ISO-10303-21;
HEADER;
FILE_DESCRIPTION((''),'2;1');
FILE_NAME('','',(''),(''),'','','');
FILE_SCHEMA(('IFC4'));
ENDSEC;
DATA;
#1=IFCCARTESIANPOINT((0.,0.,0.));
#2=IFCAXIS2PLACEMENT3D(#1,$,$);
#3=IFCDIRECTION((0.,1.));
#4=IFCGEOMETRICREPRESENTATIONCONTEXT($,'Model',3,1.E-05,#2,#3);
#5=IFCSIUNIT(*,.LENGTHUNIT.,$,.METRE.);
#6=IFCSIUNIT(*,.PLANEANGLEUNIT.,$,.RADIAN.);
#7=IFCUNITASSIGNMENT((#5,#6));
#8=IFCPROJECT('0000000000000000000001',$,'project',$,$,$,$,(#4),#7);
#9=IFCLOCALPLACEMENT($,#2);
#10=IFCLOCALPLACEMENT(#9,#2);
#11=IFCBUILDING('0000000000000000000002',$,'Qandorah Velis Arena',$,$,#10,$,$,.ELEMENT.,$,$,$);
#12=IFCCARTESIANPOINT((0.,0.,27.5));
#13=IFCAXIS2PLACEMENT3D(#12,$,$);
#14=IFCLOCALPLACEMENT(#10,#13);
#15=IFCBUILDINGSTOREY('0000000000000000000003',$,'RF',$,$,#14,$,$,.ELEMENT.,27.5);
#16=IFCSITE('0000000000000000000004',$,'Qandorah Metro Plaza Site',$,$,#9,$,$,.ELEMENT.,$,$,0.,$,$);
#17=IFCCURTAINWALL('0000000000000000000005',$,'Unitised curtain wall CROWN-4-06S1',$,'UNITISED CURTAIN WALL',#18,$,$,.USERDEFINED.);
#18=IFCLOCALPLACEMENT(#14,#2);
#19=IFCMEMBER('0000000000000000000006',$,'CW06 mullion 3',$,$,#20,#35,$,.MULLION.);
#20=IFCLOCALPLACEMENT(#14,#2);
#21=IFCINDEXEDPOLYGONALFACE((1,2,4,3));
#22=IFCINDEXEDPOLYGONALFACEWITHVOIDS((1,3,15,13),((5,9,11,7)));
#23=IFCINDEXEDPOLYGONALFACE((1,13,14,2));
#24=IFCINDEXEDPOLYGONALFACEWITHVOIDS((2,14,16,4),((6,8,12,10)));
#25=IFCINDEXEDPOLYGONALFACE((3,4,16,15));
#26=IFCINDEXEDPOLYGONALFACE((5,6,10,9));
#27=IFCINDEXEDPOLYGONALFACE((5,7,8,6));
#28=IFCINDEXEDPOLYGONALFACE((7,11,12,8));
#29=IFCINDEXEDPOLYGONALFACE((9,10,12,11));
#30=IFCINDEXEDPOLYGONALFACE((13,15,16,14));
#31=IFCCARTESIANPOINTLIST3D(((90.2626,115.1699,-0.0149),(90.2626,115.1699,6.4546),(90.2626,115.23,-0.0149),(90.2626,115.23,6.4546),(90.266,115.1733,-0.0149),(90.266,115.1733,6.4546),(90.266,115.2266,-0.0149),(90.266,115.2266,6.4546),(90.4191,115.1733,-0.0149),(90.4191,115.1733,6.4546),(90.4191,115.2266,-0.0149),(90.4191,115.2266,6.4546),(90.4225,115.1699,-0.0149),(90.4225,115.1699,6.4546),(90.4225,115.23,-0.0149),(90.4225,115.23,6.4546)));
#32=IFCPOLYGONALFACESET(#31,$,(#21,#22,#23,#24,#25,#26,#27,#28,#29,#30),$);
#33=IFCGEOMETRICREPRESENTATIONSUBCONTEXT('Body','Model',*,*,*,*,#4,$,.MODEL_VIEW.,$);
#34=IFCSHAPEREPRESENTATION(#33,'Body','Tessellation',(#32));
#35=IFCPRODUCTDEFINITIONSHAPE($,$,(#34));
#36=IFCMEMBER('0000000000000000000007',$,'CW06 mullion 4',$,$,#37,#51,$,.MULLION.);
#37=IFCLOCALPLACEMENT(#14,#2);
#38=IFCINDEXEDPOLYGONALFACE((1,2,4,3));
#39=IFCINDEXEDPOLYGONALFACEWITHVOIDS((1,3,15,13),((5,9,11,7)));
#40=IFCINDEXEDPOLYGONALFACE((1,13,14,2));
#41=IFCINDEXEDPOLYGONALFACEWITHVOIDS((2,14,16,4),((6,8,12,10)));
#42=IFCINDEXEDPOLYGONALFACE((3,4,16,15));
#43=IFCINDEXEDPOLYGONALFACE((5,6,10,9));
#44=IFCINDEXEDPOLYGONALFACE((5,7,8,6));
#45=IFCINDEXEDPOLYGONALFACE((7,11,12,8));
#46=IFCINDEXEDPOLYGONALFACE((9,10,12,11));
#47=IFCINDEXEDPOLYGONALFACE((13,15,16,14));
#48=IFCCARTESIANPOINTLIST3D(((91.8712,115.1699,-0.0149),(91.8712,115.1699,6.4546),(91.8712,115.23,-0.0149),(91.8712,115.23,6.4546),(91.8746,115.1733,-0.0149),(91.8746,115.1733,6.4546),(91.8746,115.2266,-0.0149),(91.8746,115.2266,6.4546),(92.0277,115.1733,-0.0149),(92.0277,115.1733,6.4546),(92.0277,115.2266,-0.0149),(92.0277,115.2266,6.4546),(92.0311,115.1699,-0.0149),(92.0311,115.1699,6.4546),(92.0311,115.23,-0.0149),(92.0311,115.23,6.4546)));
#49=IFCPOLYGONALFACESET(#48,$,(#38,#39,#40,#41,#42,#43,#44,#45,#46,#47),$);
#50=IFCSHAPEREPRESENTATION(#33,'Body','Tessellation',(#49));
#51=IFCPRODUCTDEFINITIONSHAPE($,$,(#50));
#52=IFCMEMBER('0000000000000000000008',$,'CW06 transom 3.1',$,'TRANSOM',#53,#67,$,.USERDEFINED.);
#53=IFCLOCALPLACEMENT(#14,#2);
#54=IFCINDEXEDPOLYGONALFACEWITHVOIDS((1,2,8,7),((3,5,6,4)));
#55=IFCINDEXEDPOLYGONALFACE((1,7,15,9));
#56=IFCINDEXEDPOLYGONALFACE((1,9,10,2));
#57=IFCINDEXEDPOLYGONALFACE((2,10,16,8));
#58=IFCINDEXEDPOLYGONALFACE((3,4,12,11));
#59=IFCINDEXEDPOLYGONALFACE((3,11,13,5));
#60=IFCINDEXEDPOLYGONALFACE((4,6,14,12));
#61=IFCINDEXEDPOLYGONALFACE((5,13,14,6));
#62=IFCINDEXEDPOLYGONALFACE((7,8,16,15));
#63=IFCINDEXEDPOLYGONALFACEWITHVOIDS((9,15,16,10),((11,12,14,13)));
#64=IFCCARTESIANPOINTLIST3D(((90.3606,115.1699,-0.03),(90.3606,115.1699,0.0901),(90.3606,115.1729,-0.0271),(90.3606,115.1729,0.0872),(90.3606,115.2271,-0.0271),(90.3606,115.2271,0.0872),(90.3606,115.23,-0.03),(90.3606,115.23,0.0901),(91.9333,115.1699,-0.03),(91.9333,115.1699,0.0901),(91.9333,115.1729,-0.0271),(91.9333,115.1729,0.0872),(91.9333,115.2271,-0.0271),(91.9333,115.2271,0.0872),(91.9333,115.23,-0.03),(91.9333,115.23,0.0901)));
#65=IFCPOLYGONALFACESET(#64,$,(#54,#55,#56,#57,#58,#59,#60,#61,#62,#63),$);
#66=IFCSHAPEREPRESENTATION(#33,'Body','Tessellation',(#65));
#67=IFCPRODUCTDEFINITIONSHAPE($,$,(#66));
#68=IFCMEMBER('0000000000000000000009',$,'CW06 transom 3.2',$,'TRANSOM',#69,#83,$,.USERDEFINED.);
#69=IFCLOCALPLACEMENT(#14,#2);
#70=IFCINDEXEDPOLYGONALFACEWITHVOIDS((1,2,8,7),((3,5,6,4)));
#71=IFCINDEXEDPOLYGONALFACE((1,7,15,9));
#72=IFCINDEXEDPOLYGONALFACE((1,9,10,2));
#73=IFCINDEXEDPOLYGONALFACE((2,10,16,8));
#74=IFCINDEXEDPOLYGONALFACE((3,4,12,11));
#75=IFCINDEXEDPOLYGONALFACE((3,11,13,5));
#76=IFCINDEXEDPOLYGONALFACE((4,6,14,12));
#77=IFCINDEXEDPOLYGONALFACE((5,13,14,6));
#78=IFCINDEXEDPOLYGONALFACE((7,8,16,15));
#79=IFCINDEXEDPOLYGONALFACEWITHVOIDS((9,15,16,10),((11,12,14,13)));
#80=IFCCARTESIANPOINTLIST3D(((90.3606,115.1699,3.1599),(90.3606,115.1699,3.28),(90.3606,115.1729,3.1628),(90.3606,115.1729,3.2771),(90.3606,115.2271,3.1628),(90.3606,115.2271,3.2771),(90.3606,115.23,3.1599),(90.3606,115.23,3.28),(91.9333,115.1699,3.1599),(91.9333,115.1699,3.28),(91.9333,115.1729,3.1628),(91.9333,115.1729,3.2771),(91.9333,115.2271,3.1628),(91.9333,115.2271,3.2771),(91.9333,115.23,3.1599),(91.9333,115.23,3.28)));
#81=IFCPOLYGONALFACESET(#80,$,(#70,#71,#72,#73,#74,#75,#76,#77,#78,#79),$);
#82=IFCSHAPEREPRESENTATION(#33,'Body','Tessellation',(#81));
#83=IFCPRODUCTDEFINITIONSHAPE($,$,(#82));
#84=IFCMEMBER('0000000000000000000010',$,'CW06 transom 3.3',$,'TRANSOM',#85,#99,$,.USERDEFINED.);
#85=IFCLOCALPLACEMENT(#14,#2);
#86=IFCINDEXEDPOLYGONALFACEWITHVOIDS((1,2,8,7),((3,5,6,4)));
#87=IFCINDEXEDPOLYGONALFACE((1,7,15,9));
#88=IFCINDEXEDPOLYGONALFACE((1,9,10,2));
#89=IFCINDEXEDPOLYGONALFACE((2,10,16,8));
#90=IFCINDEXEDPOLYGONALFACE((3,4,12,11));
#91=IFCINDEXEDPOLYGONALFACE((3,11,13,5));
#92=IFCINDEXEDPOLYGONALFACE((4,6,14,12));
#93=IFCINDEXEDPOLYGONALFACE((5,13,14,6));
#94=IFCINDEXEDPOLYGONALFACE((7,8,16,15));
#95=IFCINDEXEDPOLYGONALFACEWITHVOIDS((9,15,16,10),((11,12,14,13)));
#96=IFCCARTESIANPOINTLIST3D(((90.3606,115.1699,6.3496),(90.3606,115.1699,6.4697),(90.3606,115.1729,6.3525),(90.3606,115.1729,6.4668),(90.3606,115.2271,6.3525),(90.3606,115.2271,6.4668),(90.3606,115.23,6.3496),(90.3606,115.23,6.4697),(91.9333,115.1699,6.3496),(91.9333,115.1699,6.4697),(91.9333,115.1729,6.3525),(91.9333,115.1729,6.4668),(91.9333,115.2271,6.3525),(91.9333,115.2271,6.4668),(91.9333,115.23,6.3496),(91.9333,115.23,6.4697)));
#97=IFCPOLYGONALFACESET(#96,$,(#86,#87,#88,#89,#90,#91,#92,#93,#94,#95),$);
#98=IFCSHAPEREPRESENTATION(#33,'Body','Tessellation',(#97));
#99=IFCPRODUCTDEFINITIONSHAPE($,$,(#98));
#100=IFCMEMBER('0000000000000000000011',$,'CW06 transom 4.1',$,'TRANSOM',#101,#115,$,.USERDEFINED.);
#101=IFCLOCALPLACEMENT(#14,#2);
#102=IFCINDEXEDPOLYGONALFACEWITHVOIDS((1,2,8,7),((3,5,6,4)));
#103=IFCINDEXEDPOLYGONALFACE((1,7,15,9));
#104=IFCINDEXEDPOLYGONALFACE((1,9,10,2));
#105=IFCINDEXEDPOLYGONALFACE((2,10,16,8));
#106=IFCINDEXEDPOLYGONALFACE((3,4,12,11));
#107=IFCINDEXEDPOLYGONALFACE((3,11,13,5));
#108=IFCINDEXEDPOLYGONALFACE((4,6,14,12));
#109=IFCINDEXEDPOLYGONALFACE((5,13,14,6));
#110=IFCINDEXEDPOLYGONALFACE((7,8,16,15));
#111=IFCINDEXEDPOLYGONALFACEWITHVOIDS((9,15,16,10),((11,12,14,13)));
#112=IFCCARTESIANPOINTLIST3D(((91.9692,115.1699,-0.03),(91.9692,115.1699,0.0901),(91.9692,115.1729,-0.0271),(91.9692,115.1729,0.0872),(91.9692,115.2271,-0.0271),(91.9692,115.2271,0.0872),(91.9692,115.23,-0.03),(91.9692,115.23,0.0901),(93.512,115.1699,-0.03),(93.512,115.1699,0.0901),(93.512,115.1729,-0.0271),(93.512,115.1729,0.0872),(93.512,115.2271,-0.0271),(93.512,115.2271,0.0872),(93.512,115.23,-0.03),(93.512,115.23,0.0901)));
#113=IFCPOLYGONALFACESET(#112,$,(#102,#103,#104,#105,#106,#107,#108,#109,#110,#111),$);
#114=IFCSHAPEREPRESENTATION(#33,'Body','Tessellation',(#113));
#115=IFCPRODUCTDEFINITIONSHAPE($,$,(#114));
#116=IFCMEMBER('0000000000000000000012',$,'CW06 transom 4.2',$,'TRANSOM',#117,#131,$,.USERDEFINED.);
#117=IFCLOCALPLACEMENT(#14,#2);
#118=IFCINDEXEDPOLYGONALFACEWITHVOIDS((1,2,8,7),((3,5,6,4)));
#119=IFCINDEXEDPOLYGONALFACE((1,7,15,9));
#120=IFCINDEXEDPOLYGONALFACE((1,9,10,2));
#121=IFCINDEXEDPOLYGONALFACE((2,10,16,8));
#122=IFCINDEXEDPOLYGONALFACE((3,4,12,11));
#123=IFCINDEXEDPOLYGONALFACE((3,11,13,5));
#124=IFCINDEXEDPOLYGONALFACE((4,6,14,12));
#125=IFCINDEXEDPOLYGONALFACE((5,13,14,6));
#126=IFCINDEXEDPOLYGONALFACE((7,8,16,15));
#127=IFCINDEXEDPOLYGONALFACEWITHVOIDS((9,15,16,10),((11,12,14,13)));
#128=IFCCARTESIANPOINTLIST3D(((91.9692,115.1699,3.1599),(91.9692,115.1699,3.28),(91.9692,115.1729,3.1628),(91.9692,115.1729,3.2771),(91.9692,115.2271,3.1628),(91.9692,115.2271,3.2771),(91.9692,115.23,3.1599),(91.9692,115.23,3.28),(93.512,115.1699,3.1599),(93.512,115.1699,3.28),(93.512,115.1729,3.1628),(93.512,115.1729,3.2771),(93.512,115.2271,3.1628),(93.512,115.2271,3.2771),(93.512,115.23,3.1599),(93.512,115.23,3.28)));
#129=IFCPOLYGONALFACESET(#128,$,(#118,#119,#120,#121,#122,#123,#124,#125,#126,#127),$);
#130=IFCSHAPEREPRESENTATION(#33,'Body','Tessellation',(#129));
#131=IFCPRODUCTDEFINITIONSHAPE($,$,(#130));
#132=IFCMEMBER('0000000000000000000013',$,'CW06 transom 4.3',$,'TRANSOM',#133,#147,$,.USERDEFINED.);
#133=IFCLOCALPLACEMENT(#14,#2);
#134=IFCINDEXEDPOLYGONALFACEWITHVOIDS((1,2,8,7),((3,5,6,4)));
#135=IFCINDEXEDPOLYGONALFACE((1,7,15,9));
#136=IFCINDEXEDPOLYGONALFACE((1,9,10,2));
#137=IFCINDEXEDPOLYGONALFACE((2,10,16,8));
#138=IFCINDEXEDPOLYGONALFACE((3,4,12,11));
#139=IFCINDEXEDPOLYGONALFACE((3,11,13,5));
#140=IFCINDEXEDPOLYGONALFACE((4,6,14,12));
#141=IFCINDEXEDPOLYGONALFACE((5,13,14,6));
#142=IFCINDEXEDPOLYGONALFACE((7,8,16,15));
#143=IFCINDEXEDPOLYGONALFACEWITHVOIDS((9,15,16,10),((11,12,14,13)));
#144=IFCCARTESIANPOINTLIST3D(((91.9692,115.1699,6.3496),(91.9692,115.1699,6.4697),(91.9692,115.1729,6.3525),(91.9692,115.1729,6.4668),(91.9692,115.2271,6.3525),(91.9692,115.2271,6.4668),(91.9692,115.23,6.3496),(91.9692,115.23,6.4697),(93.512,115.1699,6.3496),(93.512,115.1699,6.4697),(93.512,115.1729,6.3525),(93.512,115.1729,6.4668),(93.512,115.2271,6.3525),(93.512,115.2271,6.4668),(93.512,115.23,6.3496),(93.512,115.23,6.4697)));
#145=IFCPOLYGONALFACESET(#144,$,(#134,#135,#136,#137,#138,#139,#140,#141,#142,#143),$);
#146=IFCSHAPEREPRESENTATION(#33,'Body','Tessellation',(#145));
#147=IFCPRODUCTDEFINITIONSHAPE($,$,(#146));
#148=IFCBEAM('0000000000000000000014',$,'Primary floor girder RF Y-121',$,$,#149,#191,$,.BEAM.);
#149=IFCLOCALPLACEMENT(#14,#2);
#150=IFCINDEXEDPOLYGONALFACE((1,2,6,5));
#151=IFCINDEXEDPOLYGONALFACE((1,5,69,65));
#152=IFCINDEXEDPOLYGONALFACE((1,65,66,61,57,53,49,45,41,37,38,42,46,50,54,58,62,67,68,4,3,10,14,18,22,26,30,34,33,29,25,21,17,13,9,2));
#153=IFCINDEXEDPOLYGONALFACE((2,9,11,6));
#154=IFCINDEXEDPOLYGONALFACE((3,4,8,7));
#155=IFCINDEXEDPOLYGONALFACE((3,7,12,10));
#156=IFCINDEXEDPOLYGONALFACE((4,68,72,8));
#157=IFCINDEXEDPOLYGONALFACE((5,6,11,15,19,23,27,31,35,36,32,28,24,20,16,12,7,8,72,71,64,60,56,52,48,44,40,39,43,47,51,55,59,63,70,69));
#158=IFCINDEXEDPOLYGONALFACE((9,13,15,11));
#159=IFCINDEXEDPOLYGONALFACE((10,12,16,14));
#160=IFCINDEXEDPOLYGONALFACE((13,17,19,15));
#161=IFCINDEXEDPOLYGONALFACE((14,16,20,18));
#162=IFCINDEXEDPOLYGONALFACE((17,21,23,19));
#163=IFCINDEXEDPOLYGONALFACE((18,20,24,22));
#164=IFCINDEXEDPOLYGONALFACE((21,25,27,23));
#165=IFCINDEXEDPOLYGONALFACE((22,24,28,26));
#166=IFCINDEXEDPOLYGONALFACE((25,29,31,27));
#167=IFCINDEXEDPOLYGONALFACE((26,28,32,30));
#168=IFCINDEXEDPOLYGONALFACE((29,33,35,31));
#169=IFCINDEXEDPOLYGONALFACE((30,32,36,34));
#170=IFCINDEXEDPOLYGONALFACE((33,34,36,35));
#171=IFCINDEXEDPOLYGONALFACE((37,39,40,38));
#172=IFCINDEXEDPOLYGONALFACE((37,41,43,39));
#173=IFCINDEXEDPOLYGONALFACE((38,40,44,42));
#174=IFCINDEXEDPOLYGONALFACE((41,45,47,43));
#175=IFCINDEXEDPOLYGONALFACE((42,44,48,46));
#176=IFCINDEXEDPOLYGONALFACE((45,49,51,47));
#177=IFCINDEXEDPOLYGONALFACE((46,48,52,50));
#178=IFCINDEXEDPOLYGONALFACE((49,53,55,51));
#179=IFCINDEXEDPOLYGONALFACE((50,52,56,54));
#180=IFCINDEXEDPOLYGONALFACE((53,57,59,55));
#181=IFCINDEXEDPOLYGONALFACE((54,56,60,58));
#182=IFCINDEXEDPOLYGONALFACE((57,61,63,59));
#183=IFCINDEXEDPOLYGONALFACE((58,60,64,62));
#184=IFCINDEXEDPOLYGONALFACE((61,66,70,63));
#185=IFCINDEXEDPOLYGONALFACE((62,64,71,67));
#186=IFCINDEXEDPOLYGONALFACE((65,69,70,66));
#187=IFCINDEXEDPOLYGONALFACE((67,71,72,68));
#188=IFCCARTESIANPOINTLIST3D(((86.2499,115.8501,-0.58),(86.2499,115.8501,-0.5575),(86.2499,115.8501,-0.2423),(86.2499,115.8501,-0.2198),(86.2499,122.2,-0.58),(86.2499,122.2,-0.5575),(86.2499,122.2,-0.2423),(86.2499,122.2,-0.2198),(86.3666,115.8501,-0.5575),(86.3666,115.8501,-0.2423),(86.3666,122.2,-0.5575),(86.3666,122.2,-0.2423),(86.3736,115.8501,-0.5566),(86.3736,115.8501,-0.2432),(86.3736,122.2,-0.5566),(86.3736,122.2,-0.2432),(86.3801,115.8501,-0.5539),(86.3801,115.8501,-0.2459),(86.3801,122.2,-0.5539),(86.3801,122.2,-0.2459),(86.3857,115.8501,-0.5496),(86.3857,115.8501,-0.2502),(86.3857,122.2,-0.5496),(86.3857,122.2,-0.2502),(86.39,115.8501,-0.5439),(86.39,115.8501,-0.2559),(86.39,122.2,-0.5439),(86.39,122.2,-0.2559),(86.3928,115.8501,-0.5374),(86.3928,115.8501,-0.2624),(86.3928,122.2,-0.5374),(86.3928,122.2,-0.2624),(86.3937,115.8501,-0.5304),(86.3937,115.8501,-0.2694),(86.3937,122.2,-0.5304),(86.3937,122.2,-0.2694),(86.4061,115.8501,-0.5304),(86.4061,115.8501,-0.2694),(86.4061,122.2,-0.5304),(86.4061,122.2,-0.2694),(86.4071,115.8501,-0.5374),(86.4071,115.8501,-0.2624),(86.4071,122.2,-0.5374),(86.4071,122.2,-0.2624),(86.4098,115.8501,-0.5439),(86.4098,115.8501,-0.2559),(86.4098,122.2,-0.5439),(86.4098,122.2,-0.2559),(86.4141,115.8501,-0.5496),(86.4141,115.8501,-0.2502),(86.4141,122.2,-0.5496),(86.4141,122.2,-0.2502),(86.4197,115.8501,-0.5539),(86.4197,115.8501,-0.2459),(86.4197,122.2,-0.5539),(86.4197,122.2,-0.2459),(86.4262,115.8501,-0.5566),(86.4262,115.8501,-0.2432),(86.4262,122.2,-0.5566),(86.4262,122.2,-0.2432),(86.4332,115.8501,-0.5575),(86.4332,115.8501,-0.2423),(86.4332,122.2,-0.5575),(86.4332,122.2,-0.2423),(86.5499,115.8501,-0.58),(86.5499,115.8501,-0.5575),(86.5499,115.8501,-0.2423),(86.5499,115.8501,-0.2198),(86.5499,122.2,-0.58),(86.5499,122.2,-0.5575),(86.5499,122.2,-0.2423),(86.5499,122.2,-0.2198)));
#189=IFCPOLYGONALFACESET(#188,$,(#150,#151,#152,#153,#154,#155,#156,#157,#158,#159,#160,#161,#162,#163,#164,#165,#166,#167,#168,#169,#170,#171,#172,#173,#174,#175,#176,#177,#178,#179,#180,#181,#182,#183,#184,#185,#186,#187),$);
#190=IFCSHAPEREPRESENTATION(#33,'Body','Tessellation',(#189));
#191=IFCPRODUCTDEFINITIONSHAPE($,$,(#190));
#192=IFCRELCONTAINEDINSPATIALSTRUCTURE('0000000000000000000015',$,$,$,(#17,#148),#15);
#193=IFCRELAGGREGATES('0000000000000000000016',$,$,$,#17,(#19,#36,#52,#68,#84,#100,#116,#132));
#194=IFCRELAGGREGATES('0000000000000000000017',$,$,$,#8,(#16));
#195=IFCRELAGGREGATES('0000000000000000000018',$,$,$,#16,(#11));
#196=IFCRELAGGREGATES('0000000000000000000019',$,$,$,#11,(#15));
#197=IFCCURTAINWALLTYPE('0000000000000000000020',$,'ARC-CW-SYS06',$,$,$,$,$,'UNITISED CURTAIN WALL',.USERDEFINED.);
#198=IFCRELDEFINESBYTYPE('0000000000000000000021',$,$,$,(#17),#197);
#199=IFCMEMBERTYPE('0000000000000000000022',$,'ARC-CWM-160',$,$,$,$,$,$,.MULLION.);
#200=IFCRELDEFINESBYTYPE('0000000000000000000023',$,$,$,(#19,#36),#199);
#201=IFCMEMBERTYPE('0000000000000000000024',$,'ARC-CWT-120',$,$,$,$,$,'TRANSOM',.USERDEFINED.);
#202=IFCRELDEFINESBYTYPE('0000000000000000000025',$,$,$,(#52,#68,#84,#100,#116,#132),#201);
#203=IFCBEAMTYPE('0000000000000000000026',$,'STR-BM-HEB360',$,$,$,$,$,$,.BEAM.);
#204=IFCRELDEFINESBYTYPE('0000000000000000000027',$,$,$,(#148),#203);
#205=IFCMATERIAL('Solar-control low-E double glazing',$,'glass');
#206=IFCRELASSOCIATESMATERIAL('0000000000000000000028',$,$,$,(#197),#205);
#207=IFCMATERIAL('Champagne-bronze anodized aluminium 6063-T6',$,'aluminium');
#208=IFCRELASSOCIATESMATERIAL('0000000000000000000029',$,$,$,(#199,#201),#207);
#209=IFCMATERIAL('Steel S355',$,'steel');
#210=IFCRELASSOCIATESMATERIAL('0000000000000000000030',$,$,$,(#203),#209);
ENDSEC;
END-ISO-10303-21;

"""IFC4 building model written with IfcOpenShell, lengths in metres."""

from ifc_helpers import new_model, si_unit, direction, frame, origin, origin_2d, place, context, subcontext, project, spatial, hollow_rectangle, i_section, extrude, material, material_profile, profile_set, type_object, element, aggregate, save


model = new_model("IFC4")

# Units and contexts
model_context = context("Model", 3, precision=1e-05, world=origin(), true_north=direction((0.0, 1.0)))
body_context = subcontext(model_context, "Body", "Model", "MODEL_VIEW")
ifc_project = project(units=[si_unit("LENGTHUNIT", "METRE"), si_unit("PLANEANGLEUNIT", "RADIAN")], contexts=[model_context])

# Site, building, storey
site_placement = place(None, origin())
site = spatial("IfcSite", under=ifc_project, at=site_placement, Name="Qandorah Metro Plaza Site", CompositionType="ELEMENT", RefElevation=0.0)
building_placement = place(site_placement, origin())
building = spatial("IfcBuilding", under=site, at=building_placement, Name="Qandorah Velis Arena", CompositionType="ELEMENT")
storey_placement = place(building_placement, frame((0.0, 0.0, 27.5)))
storey = spatial("IfcBuildingStorey", under=building, at=storey_placement, Name="RF", CompositionType="ELEMENT", Elevation=27.5)

# Curtain wall, members
ifc_material_1 = material(Name="Solar-control low-E double glazing", Category="glass")
curtain_wall_type = type_object("IfcCurtainWallType", Name="ARC-CW-SYS06", ElementType="UNITISED CURTAIN WALL", PredefinedType="USERDEFINED", material=ifc_material_1)
curtain_wall_placement = place(storey_placement, origin())
curtain_wall = element("IfcCurtainWall", 1, at=curtain_wall_placement, inside=storey, type_object=curtain_wall_type, Name="Unitised curtain wall CROWN-4-06S1", ObjectType="UNITISED CURTAIN WALL", PredefinedType="USERDEFINED")
ifc_material_2 = material(Name="Champagne-bronze anodized aluminium 6063-T6", Category="aluminium")
ifc_material_profile_1 = material_profile(ifc_material_2, hollow_rectangle(XDim=0.0601, YDim=0.1599, WallThickness=0.0034, at=origin_2d()), Name="ALU MULLION 60x160")
ifc_profile_set_1 = profile_set([ifc_material_profile_1], Name="Champagne-bronze anodized aluminium 6063-T6")
member_type_1 = type_object("IfcMemberType", Name="ARC-CWM-160", PredefinedType="MULLION", material=ifc_profile_set_1)
member_1_placement = place(storey_placement, frame((90.3425, 115.2, -0.0149), z_axis=(0.0, 0.0, 1.0), x_axis=(0.0, 1.0, 0.0)))
member_1 = element("IfcMember", 2, at=member_1_placement, type_object=member_type_1, Name="CW06 mullion 3", PredefinedType="MULLION", context=body_context, shape_type="SweptSolid", body=[
    extrude(hollow_rectangle(XDim=0.0601, YDim=0.1599, WallThickness=0.0034, at=origin_2d()), origin(), (0.0, 0.0, 1.0), 6.4695),
])
member_2_placement = place(storey_placement, frame((91.9512, 115.2, -0.0149), z_axis=(0.0, 0.0, 1.0), x_axis=(0.0, 1.0, 0.0)))
member_2 = element("IfcMember", 3, at=member_2_placement, type_object=member_type_1, Name="CW06 mullion 4", PredefinedType="MULLION", context=body_context, shape_type="SweptSolid", body=[
    extrude(hollow_rectangle(XDim=0.0601, YDim=0.1599, WallThickness=0.0034, at=origin_2d()), origin(), (0.0, 0.0, 1.0), 6.4695),
])
ifc_material_profile_2 = material_profile(ifc_material_2, hollow_rectangle(XDim=0.0601, YDim=0.1201, WallThickness=0.0029, at=origin_2d()), Name="ALU TRANSOM 60x120")
ifc_profile_set_2 = profile_set([ifc_material_profile_2], Name="Champagne-bronze anodized aluminium 6063-T6")
member_type_2 = type_object("IfcMemberType", Name="ARC-CWT-120", ElementType="TRANSOM", PredefinedType="USERDEFINED", material=ifc_profile_set_2)
member_3_placement = place(storey_placement, frame((90.3606, 115.2, 0.03), z_axis=(1.0, 0.0, 0.0), x_axis=(0.0, 1.0, 0.0)))
member_3 = element("IfcMember", 4, at=member_3_placement, type_object=member_type_2, Name="CW06 transom 3.1", ObjectType="TRANSOM", PredefinedType="USERDEFINED", context=body_context, shape_type="SweptSolid", body=[
    extrude(hollow_rectangle(XDim=0.0601, YDim=0.1201, WallThickness=0.0029, at=origin_2d()), origin(), (0.0, 0.0, 1.0), 1.5728),
])
member_4_placement = place(storey_placement, frame((90.3606, 115.2, 3.22), z_axis=(1.0, 0.0, 0.0), x_axis=(0.0, 1.0, 0.0)))
member_4 = element("IfcMember", 5, at=member_4_placement, type_object=member_type_2, Name="CW06 transom 3.2", ObjectType="TRANSOM", PredefinedType="USERDEFINED", context=body_context, shape_type="SweptSolid", body=[
    extrude(hollow_rectangle(XDim=0.0601, YDim=0.1201, WallThickness=0.0029, at=origin_2d()), origin(), (0.0, 0.0, 1.0), 1.5728),
])
member_5_placement = place(storey_placement, frame((90.3606, 115.2, 6.4097), z_axis=(1.0, 0.0, 0.0), x_axis=(0.0, 1.0, 0.0)))
member_5 = element("IfcMember", 6, at=member_5_placement, type_object=member_type_2, Name="CW06 transom 3.3", ObjectType="TRANSOM", PredefinedType="USERDEFINED", context=body_context, shape_type="SweptSolid", body=[
    extrude(hollow_rectangle(XDim=0.0601, YDim=0.1201, WallThickness=0.0029, at=origin_2d()), origin(), (0.0, 0.0, 1.0), 1.5728),
])
member_6_placement = place(storey_placement, frame((91.9692, 115.2, 0.03), z_axis=(1.0, 0.0, 0.0), x_axis=(0.0, 1.0, 0.0)))
member_6 = element("IfcMember", 7, at=member_6_placement, type_object=member_type_2, Name="CW06 transom 4.1", ObjectType="TRANSOM", PredefinedType="USERDEFINED", context=body_context, shape_type="SweptSolid", body=[
    extrude(hollow_rectangle(XDim=0.0601, YDim=0.1201, WallThickness=0.0029, at=origin_2d()), origin(), (0.0, 0.0, 1.0), 1.5427),
])
member_7_placement = place(storey_placement, frame((91.9692, 115.2, 3.22), z_axis=(1.0, 0.0, 0.0), x_axis=(0.0, 1.0, 0.0)))
member_7 = element("IfcMember", 8, at=member_7_placement, type_object=member_type_2, Name="CW06 transom 4.2", ObjectType="TRANSOM", PredefinedType="USERDEFINED", context=body_context, shape_type="SweptSolid", body=[
    extrude(hollow_rectangle(XDim=0.0601, YDim=0.1201, WallThickness=0.0029, at=origin_2d()), origin(), (0.0, 0.0, 1.0), 1.5427),
])
member_8_placement = place(storey_placement, frame((91.9692, 115.2, 6.4097), z_axis=(1.0, 0.0, 0.0), x_axis=(0.0, 1.0, 0.0)))
member_8 = element("IfcMember", 9, at=member_8_placement, type_object=member_type_2, Name="CW06 transom 4.3", ObjectType="TRANSOM", PredefinedType="USERDEFINED", context=body_context, shape_type="SweptSolid", body=[
    extrude(hollow_rectangle(XDim=0.0601, YDim=0.1201, WallThickness=0.0029, at=origin_2d()), origin(), (0.0, 0.0, 1.0), 1.5427),
])

# Beam
ifc_material_3 = material(Name="Steel S355", Category="steel")
ifc_material_profile_3 = material_profile(ifc_material_3, i_section(OverallWidth=0.3, OverallDepth=0.3601, WebThickness=0.0125, FlangeThickness=0.0225, FilletRadius=0.0271, at=origin_2d()), Name="HEB 360")
ifc_profile_set_3 = profile_set([ifc_material_profile_3], Name="Steel S355")
beam_type_1 = type_object("IfcBeamType", Name="STR-BM-HEB360", PredefinedType="BEAM", material=ifc_profile_set_3)
beam_1_placement = place(storey_placement, frame((86.3999, 115.8501, -0.3999), z_axis=(0.0, 1.0, 0.0), x_axis=(-1.0, 0.0, 0.0)))
element("IfcBeam", 10, at=beam_1_placement, inside=storey, type_object=beam_type_1, Name="Primary floor girder RF Y-121", PredefinedType="BEAM", context=body_context, shape_type="SweptSolid", body=[
    extrude(i_section(OverallWidth=0.3, OverallDepth=0.3601, WebThickness=0.0125, FlangeThickness=0.0225, FilletRadius=0.0271, at=origin_2d()), origin(), (0.0, 0.0, 1.0), 6.3499),
])

aggregate(curtain_wall, [member_1, member_2, member_3, member_4, member_5, member_6, member_7, member_8])

save(model, "model.ifc")
